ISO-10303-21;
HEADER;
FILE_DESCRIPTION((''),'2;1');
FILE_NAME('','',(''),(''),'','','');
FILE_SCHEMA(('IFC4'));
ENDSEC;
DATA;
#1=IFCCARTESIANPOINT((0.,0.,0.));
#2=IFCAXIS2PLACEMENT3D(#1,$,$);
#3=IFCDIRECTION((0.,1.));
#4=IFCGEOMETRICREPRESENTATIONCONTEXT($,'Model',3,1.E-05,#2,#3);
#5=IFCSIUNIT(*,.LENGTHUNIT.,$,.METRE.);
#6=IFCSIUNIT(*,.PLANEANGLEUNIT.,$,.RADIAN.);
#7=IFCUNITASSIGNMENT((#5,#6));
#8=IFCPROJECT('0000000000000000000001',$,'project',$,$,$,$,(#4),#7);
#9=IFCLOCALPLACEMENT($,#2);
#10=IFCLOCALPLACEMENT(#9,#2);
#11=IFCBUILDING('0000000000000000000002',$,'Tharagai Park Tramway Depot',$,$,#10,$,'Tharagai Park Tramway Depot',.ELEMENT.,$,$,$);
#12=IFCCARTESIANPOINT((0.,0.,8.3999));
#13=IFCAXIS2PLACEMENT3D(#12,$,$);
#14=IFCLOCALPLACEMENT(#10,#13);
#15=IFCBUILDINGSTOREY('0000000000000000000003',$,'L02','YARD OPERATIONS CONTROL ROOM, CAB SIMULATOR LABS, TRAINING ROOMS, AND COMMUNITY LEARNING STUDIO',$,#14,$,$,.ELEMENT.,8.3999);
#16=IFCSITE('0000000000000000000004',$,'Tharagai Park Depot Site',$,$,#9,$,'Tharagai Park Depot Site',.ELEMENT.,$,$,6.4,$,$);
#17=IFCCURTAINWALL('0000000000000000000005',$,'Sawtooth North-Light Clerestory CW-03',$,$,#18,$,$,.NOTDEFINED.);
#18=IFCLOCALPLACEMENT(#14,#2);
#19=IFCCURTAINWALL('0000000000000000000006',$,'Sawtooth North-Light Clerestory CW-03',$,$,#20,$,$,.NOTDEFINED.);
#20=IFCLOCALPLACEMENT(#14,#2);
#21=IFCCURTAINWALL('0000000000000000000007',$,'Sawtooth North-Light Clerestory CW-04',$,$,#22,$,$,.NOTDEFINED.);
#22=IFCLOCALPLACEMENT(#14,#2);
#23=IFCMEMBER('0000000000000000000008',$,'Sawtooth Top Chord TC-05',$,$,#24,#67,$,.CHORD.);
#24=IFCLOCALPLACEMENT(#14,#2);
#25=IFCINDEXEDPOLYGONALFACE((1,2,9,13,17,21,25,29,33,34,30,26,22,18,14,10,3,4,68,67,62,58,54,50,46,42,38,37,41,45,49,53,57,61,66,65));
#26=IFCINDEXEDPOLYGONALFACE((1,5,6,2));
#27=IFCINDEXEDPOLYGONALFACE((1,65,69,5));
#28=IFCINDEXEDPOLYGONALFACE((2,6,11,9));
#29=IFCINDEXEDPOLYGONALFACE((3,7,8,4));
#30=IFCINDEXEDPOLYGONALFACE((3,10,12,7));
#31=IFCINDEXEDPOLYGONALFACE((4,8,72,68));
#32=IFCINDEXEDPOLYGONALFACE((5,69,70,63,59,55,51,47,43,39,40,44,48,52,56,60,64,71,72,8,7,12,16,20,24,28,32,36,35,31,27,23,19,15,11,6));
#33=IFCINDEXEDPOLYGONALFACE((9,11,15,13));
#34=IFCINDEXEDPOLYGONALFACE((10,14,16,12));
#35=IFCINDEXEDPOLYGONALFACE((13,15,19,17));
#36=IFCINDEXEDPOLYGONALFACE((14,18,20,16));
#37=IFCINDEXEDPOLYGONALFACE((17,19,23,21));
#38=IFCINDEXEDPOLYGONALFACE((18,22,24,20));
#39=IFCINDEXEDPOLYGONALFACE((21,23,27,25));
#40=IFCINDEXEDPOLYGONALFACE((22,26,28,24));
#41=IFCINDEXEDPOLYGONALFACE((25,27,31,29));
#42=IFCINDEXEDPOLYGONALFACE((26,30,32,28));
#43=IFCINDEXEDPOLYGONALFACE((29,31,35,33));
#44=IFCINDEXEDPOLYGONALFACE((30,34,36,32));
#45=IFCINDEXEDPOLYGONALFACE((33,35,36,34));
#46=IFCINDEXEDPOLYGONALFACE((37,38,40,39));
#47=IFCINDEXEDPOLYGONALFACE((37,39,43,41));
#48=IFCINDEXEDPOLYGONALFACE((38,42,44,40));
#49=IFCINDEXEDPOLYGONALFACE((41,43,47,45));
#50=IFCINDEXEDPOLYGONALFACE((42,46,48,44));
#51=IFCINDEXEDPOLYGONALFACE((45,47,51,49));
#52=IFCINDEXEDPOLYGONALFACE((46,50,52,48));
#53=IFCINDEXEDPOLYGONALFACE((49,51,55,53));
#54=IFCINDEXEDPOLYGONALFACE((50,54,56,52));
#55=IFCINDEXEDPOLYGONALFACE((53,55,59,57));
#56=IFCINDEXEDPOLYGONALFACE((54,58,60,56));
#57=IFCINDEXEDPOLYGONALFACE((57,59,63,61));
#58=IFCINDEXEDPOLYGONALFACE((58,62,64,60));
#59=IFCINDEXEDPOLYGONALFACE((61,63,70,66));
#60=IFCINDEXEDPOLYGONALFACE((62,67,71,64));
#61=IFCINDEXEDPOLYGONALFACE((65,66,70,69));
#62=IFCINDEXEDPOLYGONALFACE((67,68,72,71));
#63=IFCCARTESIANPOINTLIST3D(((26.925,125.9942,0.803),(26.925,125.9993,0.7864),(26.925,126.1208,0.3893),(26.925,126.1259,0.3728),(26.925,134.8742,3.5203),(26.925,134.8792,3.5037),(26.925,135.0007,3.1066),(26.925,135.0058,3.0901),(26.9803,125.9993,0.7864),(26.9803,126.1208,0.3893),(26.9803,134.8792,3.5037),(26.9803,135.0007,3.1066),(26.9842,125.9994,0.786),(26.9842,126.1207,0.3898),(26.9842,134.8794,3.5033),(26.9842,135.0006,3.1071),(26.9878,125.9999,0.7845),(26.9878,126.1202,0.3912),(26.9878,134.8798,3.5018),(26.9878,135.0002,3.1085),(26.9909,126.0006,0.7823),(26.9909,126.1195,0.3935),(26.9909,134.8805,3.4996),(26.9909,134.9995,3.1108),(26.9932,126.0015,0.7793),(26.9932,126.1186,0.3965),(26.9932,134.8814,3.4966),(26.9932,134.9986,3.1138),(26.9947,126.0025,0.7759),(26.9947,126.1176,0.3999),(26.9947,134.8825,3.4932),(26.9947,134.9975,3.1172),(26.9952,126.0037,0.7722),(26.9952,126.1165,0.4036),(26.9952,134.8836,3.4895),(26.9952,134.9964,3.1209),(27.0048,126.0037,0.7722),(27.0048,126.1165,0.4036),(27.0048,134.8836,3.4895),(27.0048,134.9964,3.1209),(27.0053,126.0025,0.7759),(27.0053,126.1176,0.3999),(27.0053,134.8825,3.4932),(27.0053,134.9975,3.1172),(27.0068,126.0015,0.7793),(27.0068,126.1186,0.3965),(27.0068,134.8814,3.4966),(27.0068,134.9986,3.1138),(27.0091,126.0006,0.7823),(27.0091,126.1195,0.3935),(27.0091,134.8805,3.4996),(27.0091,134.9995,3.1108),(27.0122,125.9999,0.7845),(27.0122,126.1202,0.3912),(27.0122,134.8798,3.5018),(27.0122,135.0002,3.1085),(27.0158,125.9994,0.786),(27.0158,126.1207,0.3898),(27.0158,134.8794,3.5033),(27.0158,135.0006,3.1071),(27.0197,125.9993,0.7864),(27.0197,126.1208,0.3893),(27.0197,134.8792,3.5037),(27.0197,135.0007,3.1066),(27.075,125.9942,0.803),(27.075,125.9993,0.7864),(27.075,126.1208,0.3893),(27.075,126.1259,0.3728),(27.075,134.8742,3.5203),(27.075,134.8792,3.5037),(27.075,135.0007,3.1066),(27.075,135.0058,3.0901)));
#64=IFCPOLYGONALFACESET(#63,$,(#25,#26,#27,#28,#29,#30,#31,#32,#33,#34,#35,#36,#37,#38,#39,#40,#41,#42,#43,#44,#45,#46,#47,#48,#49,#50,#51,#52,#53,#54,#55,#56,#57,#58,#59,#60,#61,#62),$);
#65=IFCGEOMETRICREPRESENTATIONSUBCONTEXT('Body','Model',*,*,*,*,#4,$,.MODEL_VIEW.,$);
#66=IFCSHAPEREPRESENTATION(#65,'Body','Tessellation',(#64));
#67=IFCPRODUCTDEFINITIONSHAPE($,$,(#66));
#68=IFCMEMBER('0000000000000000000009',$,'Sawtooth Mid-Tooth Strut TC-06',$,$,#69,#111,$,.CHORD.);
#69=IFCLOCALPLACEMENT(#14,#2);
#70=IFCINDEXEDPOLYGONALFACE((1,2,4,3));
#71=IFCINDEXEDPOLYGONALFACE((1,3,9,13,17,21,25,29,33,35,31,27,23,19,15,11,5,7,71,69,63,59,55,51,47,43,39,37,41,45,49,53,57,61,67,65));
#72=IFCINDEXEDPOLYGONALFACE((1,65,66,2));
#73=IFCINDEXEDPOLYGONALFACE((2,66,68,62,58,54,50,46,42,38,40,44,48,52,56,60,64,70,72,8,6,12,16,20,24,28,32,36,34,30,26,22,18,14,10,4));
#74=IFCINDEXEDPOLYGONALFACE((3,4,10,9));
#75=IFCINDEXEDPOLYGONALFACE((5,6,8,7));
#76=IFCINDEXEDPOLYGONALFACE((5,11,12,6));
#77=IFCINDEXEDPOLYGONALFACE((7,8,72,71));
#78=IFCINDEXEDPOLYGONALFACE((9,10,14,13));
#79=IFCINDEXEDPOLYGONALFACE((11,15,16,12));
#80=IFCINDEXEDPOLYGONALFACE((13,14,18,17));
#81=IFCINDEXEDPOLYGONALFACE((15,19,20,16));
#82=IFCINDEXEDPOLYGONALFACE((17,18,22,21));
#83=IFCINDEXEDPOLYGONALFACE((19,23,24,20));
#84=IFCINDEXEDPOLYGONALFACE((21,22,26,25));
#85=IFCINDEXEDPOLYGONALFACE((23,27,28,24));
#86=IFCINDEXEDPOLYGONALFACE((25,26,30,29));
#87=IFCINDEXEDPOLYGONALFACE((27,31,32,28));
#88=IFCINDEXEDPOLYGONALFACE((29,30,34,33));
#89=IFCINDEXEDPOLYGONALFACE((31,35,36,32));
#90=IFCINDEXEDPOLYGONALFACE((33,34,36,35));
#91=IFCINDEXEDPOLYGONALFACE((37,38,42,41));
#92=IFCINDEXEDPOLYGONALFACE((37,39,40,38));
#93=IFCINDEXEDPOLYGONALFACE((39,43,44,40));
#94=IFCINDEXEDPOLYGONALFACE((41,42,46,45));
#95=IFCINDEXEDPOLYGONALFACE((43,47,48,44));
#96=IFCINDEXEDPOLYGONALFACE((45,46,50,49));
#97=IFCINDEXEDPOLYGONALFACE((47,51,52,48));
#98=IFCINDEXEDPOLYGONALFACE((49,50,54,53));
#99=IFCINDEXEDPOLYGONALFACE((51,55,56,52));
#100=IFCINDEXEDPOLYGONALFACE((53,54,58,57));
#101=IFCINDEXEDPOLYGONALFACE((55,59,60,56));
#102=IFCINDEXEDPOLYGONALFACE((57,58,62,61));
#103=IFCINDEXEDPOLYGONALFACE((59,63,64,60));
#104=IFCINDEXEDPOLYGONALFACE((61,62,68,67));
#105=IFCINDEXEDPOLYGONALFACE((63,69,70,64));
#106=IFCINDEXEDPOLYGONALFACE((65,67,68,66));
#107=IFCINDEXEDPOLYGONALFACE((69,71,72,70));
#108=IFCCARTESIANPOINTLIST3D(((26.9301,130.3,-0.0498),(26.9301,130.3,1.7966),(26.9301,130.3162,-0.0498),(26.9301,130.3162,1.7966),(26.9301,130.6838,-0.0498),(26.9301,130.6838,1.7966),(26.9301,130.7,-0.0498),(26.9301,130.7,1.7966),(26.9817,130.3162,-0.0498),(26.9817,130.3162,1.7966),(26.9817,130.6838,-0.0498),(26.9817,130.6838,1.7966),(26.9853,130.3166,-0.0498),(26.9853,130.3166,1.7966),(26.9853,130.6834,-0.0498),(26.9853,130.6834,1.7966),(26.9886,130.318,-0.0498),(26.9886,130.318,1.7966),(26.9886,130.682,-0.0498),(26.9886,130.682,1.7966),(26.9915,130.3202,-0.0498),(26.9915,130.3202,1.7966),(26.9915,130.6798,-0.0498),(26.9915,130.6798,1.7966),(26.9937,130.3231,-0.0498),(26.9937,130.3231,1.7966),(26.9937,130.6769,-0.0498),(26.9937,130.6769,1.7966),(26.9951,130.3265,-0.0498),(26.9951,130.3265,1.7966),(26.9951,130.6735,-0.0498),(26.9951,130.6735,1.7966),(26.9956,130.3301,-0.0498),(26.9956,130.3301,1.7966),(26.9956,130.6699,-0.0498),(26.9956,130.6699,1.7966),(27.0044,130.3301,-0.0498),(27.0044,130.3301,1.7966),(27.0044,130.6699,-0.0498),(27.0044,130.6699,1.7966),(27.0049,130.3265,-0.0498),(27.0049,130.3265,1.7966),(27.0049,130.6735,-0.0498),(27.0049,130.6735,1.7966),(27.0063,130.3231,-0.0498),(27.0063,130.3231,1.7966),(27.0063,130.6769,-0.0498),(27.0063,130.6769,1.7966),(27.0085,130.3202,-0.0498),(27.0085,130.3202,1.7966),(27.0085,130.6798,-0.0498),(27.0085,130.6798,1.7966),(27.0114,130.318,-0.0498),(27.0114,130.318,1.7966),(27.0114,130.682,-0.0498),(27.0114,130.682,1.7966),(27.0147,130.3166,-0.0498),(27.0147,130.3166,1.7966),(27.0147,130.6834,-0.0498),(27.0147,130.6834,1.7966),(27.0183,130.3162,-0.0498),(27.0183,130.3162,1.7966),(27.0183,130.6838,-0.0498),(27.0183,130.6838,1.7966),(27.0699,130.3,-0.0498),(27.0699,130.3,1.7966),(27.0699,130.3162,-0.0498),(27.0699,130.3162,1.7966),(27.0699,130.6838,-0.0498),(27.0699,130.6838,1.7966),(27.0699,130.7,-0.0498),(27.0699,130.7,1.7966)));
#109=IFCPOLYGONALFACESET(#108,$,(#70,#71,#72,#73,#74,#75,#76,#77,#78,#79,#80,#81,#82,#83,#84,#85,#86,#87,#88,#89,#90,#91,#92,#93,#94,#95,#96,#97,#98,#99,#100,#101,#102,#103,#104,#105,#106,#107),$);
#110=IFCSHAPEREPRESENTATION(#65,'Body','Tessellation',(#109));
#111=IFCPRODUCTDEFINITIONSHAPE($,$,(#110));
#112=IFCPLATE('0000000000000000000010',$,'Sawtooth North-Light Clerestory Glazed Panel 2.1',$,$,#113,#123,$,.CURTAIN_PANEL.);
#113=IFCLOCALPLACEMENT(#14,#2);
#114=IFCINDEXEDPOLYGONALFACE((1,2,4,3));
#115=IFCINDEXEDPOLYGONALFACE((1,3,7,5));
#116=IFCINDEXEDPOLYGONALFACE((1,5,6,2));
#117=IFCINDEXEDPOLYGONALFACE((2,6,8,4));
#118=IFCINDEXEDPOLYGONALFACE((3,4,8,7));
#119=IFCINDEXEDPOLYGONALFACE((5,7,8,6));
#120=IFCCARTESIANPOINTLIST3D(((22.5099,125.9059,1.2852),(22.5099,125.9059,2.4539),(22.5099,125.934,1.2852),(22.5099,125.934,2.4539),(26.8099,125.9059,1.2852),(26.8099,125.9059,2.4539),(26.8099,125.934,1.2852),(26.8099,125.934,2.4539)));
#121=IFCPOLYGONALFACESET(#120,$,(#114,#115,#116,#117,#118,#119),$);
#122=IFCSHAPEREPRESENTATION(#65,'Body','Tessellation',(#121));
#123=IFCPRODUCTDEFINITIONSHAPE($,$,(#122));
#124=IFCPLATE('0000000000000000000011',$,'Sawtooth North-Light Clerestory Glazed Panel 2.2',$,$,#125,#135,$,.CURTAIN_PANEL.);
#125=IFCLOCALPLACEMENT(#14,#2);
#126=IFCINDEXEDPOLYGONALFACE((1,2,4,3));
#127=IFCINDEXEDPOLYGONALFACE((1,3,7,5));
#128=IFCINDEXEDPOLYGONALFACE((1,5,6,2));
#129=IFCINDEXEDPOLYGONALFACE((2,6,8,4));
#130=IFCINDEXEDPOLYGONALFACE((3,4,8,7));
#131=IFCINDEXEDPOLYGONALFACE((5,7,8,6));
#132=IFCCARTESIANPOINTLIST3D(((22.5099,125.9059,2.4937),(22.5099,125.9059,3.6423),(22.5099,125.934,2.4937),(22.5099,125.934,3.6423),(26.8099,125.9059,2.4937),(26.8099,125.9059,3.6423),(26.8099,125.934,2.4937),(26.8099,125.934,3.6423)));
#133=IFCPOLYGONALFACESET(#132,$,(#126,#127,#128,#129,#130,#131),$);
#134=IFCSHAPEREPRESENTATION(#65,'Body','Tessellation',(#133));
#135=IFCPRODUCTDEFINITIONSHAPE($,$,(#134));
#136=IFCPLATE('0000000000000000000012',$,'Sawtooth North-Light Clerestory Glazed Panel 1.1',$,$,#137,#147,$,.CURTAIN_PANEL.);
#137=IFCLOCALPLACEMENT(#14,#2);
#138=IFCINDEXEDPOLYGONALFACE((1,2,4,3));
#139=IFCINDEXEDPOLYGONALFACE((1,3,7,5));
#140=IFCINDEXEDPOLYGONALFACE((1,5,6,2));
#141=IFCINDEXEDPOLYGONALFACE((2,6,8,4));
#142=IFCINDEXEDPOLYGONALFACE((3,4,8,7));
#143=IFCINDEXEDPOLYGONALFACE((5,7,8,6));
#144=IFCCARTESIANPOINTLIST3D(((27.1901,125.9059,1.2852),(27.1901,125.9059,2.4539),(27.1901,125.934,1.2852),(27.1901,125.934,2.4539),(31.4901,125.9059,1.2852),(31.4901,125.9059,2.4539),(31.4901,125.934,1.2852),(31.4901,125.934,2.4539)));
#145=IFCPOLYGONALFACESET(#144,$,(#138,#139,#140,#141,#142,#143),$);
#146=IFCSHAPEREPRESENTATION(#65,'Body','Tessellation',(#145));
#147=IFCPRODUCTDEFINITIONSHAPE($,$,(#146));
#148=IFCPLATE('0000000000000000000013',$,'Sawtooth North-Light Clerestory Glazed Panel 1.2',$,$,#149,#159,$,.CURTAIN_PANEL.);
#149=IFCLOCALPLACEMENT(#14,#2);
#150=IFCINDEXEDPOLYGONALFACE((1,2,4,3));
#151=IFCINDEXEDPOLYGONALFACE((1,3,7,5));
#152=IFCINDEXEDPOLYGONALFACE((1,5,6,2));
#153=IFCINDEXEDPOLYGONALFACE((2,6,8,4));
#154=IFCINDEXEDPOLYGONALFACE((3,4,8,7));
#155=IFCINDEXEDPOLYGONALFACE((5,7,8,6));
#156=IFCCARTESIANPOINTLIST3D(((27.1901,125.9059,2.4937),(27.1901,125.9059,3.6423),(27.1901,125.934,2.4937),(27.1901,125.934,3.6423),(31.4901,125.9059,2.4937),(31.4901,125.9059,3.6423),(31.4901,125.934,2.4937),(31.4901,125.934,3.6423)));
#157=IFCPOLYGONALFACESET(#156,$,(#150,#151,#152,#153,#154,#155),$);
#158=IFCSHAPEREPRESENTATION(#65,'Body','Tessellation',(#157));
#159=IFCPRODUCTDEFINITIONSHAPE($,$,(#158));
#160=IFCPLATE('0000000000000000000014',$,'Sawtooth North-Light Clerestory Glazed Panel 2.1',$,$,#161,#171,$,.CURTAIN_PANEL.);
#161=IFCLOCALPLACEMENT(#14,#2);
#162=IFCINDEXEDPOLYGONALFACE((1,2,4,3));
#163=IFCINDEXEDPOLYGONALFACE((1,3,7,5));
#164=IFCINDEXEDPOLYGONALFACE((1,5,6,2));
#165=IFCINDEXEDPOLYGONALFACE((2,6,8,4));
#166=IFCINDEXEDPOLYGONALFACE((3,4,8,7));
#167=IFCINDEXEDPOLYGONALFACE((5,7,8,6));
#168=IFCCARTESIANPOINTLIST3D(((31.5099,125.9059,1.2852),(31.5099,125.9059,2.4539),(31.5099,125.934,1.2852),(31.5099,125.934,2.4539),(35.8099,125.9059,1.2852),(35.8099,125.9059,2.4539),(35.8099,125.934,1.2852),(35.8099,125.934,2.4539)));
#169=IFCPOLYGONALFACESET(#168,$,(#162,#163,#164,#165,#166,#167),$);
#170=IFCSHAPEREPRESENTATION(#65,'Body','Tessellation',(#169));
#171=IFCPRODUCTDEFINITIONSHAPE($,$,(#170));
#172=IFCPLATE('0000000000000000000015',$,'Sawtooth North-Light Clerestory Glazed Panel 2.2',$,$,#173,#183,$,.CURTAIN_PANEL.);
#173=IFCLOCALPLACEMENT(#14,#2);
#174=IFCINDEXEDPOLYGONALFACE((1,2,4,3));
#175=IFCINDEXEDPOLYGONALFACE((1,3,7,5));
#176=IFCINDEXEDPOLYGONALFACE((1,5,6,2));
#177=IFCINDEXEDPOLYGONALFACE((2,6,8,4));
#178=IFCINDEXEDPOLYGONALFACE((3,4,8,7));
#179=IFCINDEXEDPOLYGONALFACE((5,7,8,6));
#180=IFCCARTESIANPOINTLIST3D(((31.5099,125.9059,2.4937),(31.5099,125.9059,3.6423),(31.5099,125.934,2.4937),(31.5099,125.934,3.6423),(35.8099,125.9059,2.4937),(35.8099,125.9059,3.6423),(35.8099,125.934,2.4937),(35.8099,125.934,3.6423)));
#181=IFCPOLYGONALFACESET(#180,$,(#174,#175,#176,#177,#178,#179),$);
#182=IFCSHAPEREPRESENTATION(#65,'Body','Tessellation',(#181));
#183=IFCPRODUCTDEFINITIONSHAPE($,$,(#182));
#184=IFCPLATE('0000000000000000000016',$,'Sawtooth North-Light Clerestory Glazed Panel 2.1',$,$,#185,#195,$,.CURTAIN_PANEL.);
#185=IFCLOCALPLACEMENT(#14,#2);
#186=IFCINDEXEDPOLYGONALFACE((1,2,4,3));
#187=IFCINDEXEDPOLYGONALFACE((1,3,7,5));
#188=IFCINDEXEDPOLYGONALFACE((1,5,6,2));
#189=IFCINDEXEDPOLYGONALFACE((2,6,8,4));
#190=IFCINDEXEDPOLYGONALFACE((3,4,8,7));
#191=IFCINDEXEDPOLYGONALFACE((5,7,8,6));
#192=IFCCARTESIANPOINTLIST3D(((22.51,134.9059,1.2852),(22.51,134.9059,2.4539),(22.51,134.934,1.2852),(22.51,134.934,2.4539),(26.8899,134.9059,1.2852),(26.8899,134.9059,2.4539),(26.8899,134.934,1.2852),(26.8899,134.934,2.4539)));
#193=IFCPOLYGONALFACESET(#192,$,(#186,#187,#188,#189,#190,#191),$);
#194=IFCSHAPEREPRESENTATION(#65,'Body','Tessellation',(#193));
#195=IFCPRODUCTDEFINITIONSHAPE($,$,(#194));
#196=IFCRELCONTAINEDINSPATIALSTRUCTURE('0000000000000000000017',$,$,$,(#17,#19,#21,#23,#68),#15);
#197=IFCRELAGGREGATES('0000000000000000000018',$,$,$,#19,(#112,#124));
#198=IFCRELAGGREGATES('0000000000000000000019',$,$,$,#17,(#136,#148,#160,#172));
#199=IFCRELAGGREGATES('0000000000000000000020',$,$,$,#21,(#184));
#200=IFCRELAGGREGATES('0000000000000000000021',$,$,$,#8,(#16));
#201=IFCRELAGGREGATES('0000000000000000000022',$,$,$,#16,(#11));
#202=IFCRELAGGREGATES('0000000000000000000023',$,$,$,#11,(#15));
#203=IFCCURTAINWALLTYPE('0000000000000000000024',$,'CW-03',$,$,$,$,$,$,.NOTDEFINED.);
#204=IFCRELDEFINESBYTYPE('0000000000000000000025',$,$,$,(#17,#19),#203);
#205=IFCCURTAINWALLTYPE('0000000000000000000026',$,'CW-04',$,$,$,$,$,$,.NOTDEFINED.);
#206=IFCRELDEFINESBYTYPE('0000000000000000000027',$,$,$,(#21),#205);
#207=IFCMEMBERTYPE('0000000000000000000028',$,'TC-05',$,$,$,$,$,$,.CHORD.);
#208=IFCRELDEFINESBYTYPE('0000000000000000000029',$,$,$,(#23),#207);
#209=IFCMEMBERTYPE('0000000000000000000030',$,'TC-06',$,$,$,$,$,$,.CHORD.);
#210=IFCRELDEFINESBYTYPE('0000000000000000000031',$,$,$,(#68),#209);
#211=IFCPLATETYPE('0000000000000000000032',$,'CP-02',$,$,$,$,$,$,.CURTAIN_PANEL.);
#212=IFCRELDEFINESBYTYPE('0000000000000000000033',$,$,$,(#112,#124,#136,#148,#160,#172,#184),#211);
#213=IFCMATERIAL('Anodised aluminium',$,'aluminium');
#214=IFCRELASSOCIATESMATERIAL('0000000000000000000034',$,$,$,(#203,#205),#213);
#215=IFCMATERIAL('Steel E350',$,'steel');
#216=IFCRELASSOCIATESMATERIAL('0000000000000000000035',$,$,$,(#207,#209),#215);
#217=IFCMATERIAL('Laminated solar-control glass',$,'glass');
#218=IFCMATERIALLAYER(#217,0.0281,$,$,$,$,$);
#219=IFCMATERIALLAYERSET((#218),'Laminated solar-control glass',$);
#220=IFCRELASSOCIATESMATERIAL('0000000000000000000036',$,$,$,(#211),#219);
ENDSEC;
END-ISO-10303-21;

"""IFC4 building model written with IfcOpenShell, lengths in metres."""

from ifc_helpers import new_model, si_unit, direction, frame, origin, origin_2d, place, context, subcontext, project, spatial, rectangle, i_section, extrude, material, layer, layer_set, material_profile, profile_set, type_object, element, aggregate, save


model = new_model("IFC4")

# Units and contexts
model_context = context("Model", 3, precision=1e-05, world=origin(), true_north=direction((0.0, 1.0)))
body_context = subcontext(model_context, "Body", "Model", "MODEL_VIEW")
ifc_project = project(units=[si_unit("LENGTHUNIT", "METRE"), si_unit("PLANEANGLEUNIT", "RADIAN")], contexts=[model_context])

# Site, building, storey
site_placement = place(None, origin())
site = spatial("IfcSite", under=ifc_project, at=site_placement, Name="Tharagai Park Depot Site", LongName="Tharagai Park Depot Site", CompositionType="ELEMENT", RefElevation=6.4)
building_placement = place(site_placement, origin())
building = spatial("IfcBuilding", under=site, at=building_placement, Name="Tharagai Park Tramway Depot", LongName="Tharagai Park Tramway Depot", CompositionType="ELEMENT")
storey_placement = place(building_placement, frame((0.0, 0.0, 8.3999)))
storey = spatial("IfcBuildingStorey", under=building, at=storey_placement, Name="L02", Description="YARD OPERATIONS CONTROL ROOM, CAB SIMULATOR LABS, TRAINING ROOMS, AND COMMUNITY LEARNING STUDIO", CompositionType="ELEMENT", Elevation=8.3999)

# Shared definitions
ifc_material_1 = material(Name="Steel E350", Category="steel")

# Curtain wall
ifc_material_2 = material(Name="Anodised aluminium", Category="aluminium")
curtain_wall_type_1 = type_object("IfcCurtainWallType", Name="CW-03", PredefinedType="NOTDEFINED", material=ifc_material_2)
curtain_wall_1_placement = place(storey_placement, origin())
curtain_wall_1 = element("IfcCurtainWall", 1, at=curtain_wall_1_placement, inside=storey, type_object=curtain_wall_type_1, Name="Sawtooth North-Light Clerestory CW-03", PredefinedType="NOTDEFINED")

# Curtain wall
curtain_wall_2_placement = place(storey_placement, origin())
curtain_wall_2 = element("IfcCurtainWall", 2, at=curtain_wall_2_placement, inside=storey, type_object=curtain_wall_type_1, Name="Sawtooth North-Light Clerestory CW-03", PredefinedType="NOTDEFINED")

# Curtain wall
curtain_wall_type_2 = type_object("IfcCurtainWallType", Name="CW-04", PredefinedType="NOTDEFINED", material=ifc_material_2)
curtain_wall_3_placement = place(storey_placement, origin())
curtain_wall_3 = element("IfcCurtainWall", 3, at=curtain_wall_3_placement, inside=storey, type_object=curtain_wall_type_2, Name="Sawtooth North-Light Clerestory CW-04", PredefinedType="NOTDEFINED")

# Members
ifc_material_profile_1 = material_profile(ifc_material_1, i_section(OverallWidth=0.1499, OverallDepth=0.45, WebThickness=0.0095, FlangeThickness=0.0173, FilletRadius=0.0149, at=origin_2d()), Name="ISMB 450")
ifc_profile_set_1 = profile_set([ifc_material_profile_1], Name="Steel E350")
member_type_1 = type_object("IfcMemberType", Name="TC-05", PredefinedType="CHORD", material=ifc_profile_set_1)
member_1_placement = place(storey_placement, frame((27.0, 126.0601, 0.5879), z_axis=(0.0, 0.956231, 0.292611), x_axis=(-1.0, 0.0, 0.0)))
element("IfcMember", 4, at=member_1_placement, inside=storey, type_object=member_type_1, Name="Sawtooth Top Chord TC-05", PredefinedType="CHORD", context=body_context, shape_type="SweptSolid", body=[
    extrude(i_section(OverallWidth=0.1499, OverallDepth=0.45, WebThickness=0.0095, FlangeThickness=0.0173, FilletRadius=0.0149, at=origin_2d()), origin(), (0.0, 0.0, 1.0), 9.2864),
])
ifc_material_profile_2 = material_profile(ifc_material_1, i_section(OverallWidth=0.1399, OverallDepth=0.3999, WebThickness=0.0088, FlangeThickness=0.0161, FilletRadius=0.0139, at=origin_2d()), Name="ISMB 400")
ifc_profile_set_2 = profile_set([ifc_material_profile_2], Name="Steel E350")
member_type_2 = type_object("IfcMemberType", Name="TC-06", PredefinedType="CHORD", material=ifc_profile_set_2)
member_2_placement = place(storey_placement, frame((27.0, 130.5, -0.0498), z_axis=(0.0, 0.0, 1.0), x_axis=(1.0, 0.0, 0.0)))
element("IfcMember", 5, at=member_2_placement, inside=storey, type_object=member_type_2, Name="Sawtooth Mid-Tooth Strut TC-06", PredefinedType="CHORD", context=body_context, shape_type="SweptSolid", body=[
    extrude(i_section(OverallWidth=0.1399, OverallDepth=0.3999, WebThickness=0.0088, FlangeThickness=0.0161, FilletRadius=0.0139, at=origin_2d()), origin(), (0.0, 0.0, 1.0), 1.8464),
])

# Plates
ifc_material_3 = material(Name="Laminated solar-control glass", Category="glass")
ifc_layer = layer(ifc_material_3, 0.0281)
ifc_layer_set = layer_set([ifc_layer], Name="Laminated solar-control glass")
plate_type = type_object("IfcPlateType", Name="CP-02", PredefinedType="CURTAIN_PANEL", material=ifc_layer_set)
plate_1_placement = place(storey_placement, frame((24.6599, 125.9199, 1.2852), z_axis=(0.0, 0.0, 1.0), x_axis=(1.0, 0.0, 0.0)))
plate_1 = element("IfcPlate", 6, at=plate_1_placement, type_object=plate_type, Name="Sawtooth North-Light Clerestory Glazed Panel 2.1", PredefinedType="CURTAIN_PANEL", context=body_context, shape_type="SweptSolid", body=[
    extrude(rectangle(XDim=4.3, YDim=0.0281, at=origin_2d()), origin(), (0.0, 0.0, 1.0), 1.1687),
])
plate_2_placement = place(storey_placement, frame((24.6599, 125.9199, 2.4937), z_axis=(0.0, 0.0, 1.0), x_axis=(1.0, 0.0, 0.0)))
plate_2 = element("IfcPlate", 7, at=plate_2_placement, type_object=plate_type, Name="Sawtooth North-Light Clerestory Glazed Panel 2.2", PredefinedType="CURTAIN_PANEL", context=body_context, shape_type="SweptSolid", body=[
    extrude(rectangle(XDim=4.3, YDim=0.0281, at=origin_2d()), origin(), (0.0, 0.0, 1.0), 1.1487),
])
aggregate(curtain_wall_2, [plate_1, plate_2])
plate_3_placement = place(storey_placement, frame((29.3401, 125.9199, 1.2852), z_axis=(0.0, 0.0, 1.0), x_axis=(1.0, 0.0, 0.0)))
plate_3 = element("IfcPlate", 8, at=plate_3_placement, type_object=plate_type, Name="Sawtooth North-Light Clerestory Glazed Panel 1.1", PredefinedType="CURTAIN_PANEL", context=body_context, shape_type="SweptSolid", body=[
    extrude(rectangle(XDim=4.3, YDim=0.0281, at=origin_2d()), origin(), (0.0, 0.0, 1.0), 1.1687),
])
plate_4_placement = place(storey_placement, frame((29.3401, 125.9199, 2.4937), z_axis=(0.0, 0.0, 1.0), x_axis=(1.0, 0.0, 0.0)))
plate_4 = element("IfcPlate", 9, at=plate_4_placement, type_object=plate_type, Name="Sawtooth North-Light Clerestory Glazed Panel 1.2", PredefinedType="CURTAIN_PANEL", context=body_context, shape_type="SweptSolid", body=[
    extrude(rectangle(XDim=4.3, YDim=0.0281, at=origin_2d()), origin(), (0.0, 0.0, 1.0), 1.1487),
])
plate_5_placement = place(storey_placement, frame((33.6599, 125.9199, 1.2852), z_axis=(0.0, 0.0, 1.0), x_axis=(1.0, 0.0, 0.0)))
plate_5 = element("IfcPlate", 10, at=plate_5_placement, type_object=plate_type, Name="Sawtooth North-Light Clerestory Glazed Panel 2.1", PredefinedType="CURTAIN_PANEL", context=body_context, shape_type="SweptSolid", body=[
    extrude(rectangle(XDim=4.3, YDim=0.0281, at=origin_2d()), origin(), (0.0, 0.0, 1.0), 1.1687),
])
plate_6_placement = place(storey_placement, frame((33.6599, 125.9199, 2.4937), z_axis=(0.0, 0.0, 1.0), x_axis=(1.0, 0.0, 0.0)))
plate_6 = element("IfcPlate", 11, at=plate_6_placement, type_object=plate_type, Name="Sawtooth North-Light Clerestory Glazed Panel 2.2", PredefinedType="CURTAIN_PANEL", context=body_context, shape_type="SweptSolid", body=[
    extrude(rectangle(XDim=4.3, YDim=0.0281, at=origin_2d()), origin(), (0.0, 0.0, 1.0), 1.1487),
])
aggregate(curtain_wall_1, [plate_3, plate_4, plate_5, plate_6])
plate_7_placement = place(storey_placement, frame((24.7, 134.9199, 1.2852), z_axis=(0.0, 0.0, 1.0), x_axis=(1.0, 0.0, 0.0)))
plate_7 = element("IfcPlate", 12, at=plate_7_placement, type_object=plate_type, Name="Sawtooth North-Light Clerestory Glazed Panel 2.1", PredefinedType="CURTAIN_PANEL", context=body_context, shape_type="SweptSolid", body=[
    extrude(rectangle(XDim=4.3799, YDim=0.0281, at=origin_2d()), origin(), (0.0, 0.0, 1.0), 1.1687),
])
aggregate(curtain_wall_3, [plate_7])

save(model, "model.ifc")
